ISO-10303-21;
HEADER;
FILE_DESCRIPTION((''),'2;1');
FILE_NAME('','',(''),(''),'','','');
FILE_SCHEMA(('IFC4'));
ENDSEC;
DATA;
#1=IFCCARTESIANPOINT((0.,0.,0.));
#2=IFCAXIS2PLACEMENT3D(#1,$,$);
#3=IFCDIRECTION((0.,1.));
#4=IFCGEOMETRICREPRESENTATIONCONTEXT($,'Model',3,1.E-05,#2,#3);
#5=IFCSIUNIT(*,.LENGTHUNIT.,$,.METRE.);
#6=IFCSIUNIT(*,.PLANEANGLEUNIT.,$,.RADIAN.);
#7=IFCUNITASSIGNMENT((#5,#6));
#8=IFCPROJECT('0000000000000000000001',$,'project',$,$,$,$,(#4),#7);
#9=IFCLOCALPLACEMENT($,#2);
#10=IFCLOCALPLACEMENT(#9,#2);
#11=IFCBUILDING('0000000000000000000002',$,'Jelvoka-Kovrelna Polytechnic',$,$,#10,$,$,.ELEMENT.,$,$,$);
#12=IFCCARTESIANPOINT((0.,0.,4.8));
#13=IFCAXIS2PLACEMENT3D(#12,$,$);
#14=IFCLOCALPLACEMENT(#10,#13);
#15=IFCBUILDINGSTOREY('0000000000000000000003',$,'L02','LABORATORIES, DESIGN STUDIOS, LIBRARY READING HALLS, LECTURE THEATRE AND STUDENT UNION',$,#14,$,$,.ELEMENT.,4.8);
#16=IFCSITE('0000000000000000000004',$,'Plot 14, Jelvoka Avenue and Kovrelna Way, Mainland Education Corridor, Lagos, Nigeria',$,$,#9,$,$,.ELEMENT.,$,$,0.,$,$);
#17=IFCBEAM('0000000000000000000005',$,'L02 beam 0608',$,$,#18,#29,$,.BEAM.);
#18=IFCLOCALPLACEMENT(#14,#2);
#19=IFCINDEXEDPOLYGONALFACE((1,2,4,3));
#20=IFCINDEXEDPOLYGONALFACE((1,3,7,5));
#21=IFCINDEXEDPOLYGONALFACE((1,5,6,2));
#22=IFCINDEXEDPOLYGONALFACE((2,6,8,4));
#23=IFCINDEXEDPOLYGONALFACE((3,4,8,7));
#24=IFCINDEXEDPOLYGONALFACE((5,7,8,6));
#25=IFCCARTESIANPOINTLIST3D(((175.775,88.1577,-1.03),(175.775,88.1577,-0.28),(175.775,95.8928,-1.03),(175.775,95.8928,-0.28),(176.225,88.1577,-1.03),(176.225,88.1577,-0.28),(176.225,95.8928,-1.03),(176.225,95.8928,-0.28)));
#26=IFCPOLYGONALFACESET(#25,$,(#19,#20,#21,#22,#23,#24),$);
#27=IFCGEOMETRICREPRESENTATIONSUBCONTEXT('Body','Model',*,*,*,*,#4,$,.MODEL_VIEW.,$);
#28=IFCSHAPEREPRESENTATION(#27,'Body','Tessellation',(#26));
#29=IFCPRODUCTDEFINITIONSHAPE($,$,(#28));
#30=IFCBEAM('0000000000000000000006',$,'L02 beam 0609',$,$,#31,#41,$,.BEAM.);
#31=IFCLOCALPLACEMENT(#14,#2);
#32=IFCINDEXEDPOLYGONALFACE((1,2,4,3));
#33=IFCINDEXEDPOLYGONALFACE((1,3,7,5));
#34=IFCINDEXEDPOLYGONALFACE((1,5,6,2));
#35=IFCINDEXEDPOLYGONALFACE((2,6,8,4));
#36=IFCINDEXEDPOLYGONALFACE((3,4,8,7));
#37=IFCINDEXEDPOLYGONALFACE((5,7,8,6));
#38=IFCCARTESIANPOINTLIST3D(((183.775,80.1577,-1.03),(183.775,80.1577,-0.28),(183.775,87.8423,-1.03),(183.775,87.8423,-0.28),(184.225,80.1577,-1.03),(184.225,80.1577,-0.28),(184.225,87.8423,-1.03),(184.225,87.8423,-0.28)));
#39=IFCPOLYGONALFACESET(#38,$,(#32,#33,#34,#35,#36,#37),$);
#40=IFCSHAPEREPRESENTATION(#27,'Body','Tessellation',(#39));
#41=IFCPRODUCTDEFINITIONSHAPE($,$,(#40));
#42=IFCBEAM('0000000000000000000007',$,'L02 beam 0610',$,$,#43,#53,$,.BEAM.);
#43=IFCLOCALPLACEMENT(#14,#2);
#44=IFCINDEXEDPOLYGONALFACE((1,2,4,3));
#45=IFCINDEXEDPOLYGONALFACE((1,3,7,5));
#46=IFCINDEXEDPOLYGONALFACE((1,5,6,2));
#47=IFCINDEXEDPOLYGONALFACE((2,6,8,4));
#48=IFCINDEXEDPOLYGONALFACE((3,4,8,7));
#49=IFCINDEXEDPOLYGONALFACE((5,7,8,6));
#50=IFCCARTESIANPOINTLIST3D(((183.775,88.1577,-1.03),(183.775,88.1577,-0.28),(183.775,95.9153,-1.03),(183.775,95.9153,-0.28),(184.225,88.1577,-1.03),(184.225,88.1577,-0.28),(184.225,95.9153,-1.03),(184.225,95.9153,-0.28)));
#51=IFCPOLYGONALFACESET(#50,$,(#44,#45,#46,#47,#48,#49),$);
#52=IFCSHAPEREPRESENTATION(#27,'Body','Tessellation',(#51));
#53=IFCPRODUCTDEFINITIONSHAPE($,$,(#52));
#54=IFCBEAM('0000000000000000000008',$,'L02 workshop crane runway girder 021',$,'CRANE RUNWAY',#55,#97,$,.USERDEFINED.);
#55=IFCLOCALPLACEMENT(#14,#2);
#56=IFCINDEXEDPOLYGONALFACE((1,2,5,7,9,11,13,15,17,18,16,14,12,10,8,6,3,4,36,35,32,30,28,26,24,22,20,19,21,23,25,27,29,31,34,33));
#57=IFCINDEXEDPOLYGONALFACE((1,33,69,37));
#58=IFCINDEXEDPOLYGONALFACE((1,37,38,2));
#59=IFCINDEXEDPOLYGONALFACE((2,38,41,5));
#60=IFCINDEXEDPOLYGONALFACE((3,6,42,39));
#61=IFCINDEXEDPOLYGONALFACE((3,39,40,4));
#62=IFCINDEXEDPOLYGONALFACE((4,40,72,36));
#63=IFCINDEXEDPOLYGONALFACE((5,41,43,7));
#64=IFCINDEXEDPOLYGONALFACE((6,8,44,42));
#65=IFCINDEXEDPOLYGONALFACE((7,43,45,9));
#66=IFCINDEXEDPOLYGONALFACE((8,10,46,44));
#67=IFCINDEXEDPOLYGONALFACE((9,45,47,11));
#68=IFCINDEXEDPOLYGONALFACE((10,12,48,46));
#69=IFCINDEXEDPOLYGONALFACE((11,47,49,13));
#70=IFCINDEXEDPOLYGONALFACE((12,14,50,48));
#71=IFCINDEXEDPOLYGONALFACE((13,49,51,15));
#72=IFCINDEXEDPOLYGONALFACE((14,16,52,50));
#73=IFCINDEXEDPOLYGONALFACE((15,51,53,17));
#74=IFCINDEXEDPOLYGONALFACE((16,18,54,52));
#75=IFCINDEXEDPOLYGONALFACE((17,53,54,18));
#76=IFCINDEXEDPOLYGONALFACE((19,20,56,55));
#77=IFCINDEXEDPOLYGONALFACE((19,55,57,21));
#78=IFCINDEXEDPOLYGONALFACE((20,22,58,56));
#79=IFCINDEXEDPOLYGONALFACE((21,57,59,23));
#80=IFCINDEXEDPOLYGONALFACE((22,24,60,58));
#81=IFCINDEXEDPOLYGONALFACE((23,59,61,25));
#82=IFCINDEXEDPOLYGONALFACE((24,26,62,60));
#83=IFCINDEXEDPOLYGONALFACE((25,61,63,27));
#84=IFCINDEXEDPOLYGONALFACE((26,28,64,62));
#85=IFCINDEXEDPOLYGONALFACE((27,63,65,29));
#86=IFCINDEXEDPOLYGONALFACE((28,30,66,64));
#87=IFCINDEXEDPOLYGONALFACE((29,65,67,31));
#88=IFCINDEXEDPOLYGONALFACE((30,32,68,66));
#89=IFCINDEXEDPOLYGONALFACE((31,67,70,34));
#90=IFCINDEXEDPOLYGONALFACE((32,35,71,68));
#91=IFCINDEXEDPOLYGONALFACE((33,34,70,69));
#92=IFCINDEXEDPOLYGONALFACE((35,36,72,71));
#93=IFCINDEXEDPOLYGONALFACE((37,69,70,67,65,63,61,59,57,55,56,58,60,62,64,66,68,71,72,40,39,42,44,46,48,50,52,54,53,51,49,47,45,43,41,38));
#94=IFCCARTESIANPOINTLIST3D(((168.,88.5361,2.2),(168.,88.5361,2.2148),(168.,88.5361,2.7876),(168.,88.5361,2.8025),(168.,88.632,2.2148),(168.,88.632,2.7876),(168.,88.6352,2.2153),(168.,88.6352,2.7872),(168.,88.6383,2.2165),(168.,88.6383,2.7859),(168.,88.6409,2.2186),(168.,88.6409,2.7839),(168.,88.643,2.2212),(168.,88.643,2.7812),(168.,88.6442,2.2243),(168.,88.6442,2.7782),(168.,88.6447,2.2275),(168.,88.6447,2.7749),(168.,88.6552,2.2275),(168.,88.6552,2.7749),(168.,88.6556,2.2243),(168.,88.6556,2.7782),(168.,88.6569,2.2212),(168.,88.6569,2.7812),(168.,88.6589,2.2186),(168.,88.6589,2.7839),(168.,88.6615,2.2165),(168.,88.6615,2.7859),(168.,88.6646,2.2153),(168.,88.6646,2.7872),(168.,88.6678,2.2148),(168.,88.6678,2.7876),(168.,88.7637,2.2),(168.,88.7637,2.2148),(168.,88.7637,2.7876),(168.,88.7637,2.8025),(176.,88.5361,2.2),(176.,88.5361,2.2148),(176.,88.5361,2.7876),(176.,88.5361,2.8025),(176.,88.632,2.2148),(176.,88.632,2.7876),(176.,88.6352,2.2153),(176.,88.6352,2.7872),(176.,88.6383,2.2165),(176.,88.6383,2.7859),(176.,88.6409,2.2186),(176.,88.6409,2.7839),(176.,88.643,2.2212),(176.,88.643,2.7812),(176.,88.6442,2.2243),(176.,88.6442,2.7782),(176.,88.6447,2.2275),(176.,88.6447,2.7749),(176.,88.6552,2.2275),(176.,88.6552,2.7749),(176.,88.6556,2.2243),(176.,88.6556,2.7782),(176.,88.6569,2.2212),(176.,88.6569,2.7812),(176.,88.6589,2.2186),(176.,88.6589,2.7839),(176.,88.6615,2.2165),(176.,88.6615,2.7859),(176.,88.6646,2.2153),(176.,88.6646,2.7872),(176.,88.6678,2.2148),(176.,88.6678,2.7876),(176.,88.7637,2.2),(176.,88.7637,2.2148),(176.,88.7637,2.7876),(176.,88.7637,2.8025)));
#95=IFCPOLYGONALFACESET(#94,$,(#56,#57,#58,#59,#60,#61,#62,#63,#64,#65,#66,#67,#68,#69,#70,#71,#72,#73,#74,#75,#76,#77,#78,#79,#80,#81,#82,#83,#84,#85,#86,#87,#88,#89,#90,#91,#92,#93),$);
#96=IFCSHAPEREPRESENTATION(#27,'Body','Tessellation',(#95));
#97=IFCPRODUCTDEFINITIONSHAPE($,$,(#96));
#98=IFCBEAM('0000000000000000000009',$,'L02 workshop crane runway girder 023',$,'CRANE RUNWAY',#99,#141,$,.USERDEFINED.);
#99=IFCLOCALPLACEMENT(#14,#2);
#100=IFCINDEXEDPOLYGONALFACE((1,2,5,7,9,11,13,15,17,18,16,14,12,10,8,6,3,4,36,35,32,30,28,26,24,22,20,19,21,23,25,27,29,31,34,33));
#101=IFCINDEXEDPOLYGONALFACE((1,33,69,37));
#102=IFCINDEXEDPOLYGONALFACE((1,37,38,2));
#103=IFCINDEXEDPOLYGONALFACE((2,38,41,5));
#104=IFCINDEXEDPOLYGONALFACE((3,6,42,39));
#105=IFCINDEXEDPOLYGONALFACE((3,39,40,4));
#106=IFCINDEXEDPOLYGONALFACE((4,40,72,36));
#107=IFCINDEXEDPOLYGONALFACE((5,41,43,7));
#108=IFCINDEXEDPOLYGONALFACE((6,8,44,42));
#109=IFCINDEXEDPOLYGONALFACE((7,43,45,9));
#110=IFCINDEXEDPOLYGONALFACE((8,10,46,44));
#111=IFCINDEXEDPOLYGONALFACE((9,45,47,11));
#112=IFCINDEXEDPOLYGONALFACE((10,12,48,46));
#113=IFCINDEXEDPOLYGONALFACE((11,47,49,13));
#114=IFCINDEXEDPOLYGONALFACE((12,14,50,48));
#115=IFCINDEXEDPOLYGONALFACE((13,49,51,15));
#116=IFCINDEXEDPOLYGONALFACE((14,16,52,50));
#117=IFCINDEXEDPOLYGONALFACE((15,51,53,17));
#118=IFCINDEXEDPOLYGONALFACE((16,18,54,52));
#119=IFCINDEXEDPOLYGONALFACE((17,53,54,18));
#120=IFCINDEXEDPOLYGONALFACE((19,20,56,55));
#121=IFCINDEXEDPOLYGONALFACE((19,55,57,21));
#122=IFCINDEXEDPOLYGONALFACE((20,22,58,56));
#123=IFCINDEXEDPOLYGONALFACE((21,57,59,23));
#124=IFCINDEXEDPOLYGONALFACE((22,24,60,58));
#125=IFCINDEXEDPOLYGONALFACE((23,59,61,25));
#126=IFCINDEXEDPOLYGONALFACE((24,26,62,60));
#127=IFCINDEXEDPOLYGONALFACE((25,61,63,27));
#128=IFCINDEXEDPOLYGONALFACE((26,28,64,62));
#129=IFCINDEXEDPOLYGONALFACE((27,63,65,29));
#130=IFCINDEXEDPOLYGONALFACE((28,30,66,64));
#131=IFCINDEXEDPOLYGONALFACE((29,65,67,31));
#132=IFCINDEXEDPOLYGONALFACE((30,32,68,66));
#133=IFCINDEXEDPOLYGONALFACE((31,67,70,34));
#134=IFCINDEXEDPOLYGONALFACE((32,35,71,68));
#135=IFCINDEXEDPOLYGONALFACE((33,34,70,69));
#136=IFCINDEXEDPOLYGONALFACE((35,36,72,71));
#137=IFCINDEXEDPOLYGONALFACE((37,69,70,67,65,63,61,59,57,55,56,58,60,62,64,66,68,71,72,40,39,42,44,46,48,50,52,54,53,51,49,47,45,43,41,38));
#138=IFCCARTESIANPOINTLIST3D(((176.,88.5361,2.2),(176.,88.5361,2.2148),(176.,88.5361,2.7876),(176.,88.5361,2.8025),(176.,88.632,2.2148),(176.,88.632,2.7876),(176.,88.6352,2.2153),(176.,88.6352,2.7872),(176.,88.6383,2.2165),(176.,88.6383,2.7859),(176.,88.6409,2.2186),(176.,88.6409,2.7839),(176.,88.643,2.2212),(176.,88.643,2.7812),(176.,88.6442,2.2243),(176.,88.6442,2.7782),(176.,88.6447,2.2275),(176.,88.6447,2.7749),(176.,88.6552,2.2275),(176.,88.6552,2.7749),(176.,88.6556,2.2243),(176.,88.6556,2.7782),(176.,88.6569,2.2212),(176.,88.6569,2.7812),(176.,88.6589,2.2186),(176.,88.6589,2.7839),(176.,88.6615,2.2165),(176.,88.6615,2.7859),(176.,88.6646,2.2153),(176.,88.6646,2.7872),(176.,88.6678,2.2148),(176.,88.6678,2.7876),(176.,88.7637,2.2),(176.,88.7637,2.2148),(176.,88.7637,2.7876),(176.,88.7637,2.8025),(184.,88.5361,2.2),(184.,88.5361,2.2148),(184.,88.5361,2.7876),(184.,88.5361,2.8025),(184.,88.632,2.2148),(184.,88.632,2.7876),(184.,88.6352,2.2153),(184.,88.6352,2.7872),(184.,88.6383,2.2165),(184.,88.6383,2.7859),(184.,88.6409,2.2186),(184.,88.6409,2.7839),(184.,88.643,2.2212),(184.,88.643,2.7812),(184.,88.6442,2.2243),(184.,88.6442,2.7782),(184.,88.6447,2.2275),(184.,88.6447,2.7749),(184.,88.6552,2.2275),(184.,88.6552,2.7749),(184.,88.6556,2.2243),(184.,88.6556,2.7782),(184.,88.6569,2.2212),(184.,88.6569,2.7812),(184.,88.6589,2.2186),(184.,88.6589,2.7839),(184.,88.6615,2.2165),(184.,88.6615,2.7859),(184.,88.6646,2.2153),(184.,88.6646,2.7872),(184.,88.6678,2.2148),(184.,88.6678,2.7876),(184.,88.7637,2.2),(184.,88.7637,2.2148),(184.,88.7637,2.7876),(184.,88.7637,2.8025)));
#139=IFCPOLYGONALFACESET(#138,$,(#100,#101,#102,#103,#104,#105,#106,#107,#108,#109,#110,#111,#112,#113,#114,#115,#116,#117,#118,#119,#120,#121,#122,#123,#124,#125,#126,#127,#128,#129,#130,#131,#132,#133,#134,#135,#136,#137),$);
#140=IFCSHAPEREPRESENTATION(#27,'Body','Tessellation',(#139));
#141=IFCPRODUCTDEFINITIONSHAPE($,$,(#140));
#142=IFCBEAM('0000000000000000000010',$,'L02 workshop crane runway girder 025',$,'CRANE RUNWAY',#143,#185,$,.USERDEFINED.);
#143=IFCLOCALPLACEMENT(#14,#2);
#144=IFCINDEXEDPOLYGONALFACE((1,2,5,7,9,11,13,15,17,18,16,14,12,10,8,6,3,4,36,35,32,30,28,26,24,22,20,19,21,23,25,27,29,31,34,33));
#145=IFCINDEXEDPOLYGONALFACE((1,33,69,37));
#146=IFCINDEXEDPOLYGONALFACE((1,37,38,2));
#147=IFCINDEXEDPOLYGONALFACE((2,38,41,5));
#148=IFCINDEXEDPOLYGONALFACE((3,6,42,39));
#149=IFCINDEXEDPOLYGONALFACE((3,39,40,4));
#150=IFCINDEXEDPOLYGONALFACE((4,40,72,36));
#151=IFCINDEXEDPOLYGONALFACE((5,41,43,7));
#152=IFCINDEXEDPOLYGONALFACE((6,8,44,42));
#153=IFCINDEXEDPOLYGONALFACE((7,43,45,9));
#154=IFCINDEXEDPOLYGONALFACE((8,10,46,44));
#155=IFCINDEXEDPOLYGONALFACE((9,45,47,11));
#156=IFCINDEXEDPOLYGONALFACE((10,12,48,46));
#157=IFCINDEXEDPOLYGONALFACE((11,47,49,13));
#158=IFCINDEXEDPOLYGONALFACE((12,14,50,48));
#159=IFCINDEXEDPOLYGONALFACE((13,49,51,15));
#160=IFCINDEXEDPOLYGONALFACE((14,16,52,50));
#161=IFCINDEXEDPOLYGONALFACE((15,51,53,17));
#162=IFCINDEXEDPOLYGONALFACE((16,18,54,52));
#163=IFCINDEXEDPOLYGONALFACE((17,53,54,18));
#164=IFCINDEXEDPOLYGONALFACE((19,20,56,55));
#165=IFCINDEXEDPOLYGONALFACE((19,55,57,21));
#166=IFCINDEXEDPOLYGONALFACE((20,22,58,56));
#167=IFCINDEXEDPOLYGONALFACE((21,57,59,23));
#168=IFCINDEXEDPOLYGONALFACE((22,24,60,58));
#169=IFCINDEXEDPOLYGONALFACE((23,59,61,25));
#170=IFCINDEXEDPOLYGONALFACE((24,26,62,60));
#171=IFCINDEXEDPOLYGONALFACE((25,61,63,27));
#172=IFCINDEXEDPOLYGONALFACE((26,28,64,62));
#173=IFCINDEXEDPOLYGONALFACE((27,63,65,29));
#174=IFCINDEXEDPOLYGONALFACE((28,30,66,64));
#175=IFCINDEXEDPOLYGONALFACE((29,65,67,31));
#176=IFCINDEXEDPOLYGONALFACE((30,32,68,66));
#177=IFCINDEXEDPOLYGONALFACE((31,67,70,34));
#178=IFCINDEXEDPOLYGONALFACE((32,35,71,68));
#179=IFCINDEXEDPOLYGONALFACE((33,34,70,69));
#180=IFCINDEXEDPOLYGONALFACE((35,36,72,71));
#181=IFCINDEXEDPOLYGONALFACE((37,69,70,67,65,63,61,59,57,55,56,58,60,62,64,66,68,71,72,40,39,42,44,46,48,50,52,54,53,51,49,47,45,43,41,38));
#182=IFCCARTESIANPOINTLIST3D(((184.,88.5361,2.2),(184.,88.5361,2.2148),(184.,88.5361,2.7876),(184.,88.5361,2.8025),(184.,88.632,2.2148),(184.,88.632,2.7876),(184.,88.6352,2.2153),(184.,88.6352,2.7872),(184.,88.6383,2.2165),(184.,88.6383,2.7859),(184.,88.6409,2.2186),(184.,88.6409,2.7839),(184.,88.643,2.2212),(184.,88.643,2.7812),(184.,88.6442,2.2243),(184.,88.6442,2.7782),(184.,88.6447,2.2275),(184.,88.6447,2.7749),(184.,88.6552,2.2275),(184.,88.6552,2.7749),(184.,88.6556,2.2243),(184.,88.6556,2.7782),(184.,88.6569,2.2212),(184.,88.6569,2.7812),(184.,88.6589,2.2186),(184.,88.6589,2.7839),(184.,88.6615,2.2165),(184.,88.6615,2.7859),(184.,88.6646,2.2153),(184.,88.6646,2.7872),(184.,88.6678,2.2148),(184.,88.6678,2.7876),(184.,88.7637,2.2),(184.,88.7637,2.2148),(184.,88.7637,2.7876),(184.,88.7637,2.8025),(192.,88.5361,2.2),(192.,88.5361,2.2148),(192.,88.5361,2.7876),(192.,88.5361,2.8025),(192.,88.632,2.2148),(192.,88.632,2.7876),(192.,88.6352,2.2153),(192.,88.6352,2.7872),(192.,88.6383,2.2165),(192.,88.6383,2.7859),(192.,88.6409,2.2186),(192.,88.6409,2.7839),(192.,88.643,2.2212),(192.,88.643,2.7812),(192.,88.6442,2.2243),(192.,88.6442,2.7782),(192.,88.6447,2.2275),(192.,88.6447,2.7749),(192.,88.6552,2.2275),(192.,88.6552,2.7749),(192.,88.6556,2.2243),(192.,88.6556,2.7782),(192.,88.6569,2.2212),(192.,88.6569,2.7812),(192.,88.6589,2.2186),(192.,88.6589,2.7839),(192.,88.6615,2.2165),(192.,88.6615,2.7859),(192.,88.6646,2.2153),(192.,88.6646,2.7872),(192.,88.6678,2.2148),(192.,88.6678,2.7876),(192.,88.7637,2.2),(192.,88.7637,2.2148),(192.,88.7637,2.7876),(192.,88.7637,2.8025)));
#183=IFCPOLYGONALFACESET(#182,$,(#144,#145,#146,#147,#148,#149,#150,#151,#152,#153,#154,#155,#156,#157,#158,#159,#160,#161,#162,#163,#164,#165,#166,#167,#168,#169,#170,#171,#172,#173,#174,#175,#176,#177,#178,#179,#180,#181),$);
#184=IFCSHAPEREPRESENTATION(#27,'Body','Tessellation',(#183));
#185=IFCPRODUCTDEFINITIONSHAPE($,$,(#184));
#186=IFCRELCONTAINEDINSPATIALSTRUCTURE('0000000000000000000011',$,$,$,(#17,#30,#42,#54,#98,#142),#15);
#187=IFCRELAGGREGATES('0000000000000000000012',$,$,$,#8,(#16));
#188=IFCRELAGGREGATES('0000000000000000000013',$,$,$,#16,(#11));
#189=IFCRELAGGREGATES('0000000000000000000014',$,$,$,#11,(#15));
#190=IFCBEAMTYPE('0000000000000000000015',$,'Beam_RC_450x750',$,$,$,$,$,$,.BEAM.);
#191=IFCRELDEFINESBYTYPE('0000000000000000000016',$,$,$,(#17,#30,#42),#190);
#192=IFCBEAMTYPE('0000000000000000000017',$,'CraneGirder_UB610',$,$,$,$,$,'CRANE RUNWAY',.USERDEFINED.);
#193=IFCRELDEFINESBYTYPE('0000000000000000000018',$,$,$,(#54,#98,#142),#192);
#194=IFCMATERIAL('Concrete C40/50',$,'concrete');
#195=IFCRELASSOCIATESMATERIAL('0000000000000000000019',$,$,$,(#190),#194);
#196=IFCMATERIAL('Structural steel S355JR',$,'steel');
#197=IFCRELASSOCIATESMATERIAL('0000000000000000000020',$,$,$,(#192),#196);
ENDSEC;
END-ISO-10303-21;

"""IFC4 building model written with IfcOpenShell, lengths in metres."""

from ifc_helpers import new_model, si_unit, direction, frame, origin, origin_2d, place, context, subcontext, project, spatial, rectangle, i_section, extrude, material, material_profile, profile_set, type_object, element, save


model = new_model("IFC4")

# Units and contexts
model_context = context("Model", 3, precision=1e-05, world=origin(), true_north=direction((0.0, 1.0)))
body_context = subcontext(model_context, "Body", "Model", "MODEL_VIEW")
ifc_project = project(units=[si_unit("LENGTHUNIT", "METRE"), si_unit("PLANEANGLEUNIT", "RADIAN")], contexts=[model_context])

# Site, building, storey
site_placement = place(None, origin())
site = spatial("IfcSite", under=ifc_project, at=site_placement, Name="Plot 14, Jelvoka Avenue and Kovrelna Way, Mainland Education Corridor, Lagos, Nigeria", CompositionType="ELEMENT", RefElevation=0.0)
building_placement = place(site_placement, origin())
building = spatial("IfcBuilding", under=site, at=building_placement, Name="Jelvoka-Kovrelna Polytechnic", CompositionType="ELEMENT")
storey_placement = place(building_placement, frame((0.0, 0.0, 4.8)))
storey = spatial("IfcBuildingStorey", under=building, at=storey_placement, Name="L02", Description="LABORATORIES, DESIGN STUDIOS, LIBRARY READING HALLS, LECTURE THEATRE AND STUDENT UNION", CompositionType="ELEMENT", Elevation=4.8)

# Beams
ifc_material_1 = material(Name="Concrete C40/50", Category="concrete")
ifc_material_profile_1 = material_profile(ifc_material_1, rectangle(XDim=0.45, YDim=0.75, at=origin_2d()), Name="RC 450x750")
ifc_profile_set_1 = profile_set([ifc_material_profile_1], Name="Concrete C40/50")
beam_type_1 = type_object("IfcBeamType", Name="Beam_RC_450x750", PredefinedType="BEAM", material=ifc_profile_set_1)
beam_1_placement = place(storey_placement, frame((176.0, 88.1577, -0.655), z_axis=(0.0, 1.0, 0.0), x_axis=(-1.0, 0.0, 0.0)))
element("IfcBeam", 1, at=beam_1_placement, inside=storey, type_object=beam_type_1, Name="L02 beam 0608", PredefinedType="BEAM", context=body_context, shape_type="SweptSolid", body=[
    extrude(rectangle(XDim=0.45, YDim=0.75, at=origin_2d()), origin(), (0.0, 0.0, 1.0), 7.7351),
])
beam_2_placement = place(storey_placement, frame((184.0, 80.1577, -0.655), z_axis=(0.0, 1.0, 0.0), x_axis=(-1.0, 0.0, 0.0)))
element("IfcBeam", 2, at=beam_2_placement, inside=storey, type_object=beam_type_1, Name="L02 beam 0609", PredefinedType="BEAM", context=body_context, shape_type="SweptSolid", body=[
    extrude(rectangle(XDim=0.45, YDim=0.75, at=origin_2d()), origin(), (0.0, 0.0, 1.0), 7.6846),
])
beam_3_placement = place(storey_placement, frame((184.0, 88.1577, -0.655), z_axis=(0.0, 1.0, 0.0), x_axis=(-1.0, 0.0, 0.0)))
element("IfcBeam", 3, at=beam_3_placement, inside=storey, type_object=beam_type_1, Name="L02 beam 0610", PredefinedType="BEAM", context=body_context, shape_type="SweptSolid", body=[
    extrude(rectangle(XDim=0.45, YDim=0.75, at=origin_2d()), origin(), (0.0, 0.0, 1.0), 7.7576),
])
ifc_material_2 = material(Name="Structural steel S355JR", Category="steel")
ifc_material_profile_2 = material_profile(ifc_material_2, i_section(OverallWidth=0.2275, OverallDepth=0.6025, WebThickness=0.0105, FlangeThickness=0.0149, FilletRadius=0.0127, at=origin_2d()), Name="610x229x101 UB")
ifc_profile_set_2 = profile_set([ifc_material_profile_2], Name="Structural steel S355JR")
beam_type_2 = type_object("IfcBeamType", Name="CraneGirder_UB610", ElementType="CRANE RUNWAY", PredefinedType="USERDEFINED", material=ifc_profile_set_2)
for number, where, z_axis, x_axis, name in (
    (4, (168.0, 88.6499, 2.5012), (1.0, 0.0, 0.0), (0.0, 1.0, 0.0), "L02 workshop crane runway girder 021"),
    (5, (176.0, 88.6499, 2.5012), (1.0, 0.0, 0.0), (0.0, 1.0, 0.0), "L02 workshop crane runway girder 023"),
    (6, (184.0, 88.6499, 2.5012), (1.0, 0.0, 0.0), (0.0, 1.0, 0.0), "L02 workshop crane runway girder 025"),
):
    element("IfcBeam", number, at=place(storey_placement, frame(where, z_axis=z_axis, x_axis=x_axis)), inside=storey, type_object=beam_type_2, Name=name, ObjectType="CRANE RUNWAY", PredefinedType="USERDEFINED", context=body_context, shape_type="SweptSolid", body=[
        extrude(i_section(OverallWidth=0.2275, OverallDepth=0.6025, WebThickness=0.0105, FlangeThickness=0.0149, FilletRadius=0.0127, at=origin_2d()), origin(), (0.0, 0.0, 1.0), 8.0),
    ])

save(model, "model.ifc")
